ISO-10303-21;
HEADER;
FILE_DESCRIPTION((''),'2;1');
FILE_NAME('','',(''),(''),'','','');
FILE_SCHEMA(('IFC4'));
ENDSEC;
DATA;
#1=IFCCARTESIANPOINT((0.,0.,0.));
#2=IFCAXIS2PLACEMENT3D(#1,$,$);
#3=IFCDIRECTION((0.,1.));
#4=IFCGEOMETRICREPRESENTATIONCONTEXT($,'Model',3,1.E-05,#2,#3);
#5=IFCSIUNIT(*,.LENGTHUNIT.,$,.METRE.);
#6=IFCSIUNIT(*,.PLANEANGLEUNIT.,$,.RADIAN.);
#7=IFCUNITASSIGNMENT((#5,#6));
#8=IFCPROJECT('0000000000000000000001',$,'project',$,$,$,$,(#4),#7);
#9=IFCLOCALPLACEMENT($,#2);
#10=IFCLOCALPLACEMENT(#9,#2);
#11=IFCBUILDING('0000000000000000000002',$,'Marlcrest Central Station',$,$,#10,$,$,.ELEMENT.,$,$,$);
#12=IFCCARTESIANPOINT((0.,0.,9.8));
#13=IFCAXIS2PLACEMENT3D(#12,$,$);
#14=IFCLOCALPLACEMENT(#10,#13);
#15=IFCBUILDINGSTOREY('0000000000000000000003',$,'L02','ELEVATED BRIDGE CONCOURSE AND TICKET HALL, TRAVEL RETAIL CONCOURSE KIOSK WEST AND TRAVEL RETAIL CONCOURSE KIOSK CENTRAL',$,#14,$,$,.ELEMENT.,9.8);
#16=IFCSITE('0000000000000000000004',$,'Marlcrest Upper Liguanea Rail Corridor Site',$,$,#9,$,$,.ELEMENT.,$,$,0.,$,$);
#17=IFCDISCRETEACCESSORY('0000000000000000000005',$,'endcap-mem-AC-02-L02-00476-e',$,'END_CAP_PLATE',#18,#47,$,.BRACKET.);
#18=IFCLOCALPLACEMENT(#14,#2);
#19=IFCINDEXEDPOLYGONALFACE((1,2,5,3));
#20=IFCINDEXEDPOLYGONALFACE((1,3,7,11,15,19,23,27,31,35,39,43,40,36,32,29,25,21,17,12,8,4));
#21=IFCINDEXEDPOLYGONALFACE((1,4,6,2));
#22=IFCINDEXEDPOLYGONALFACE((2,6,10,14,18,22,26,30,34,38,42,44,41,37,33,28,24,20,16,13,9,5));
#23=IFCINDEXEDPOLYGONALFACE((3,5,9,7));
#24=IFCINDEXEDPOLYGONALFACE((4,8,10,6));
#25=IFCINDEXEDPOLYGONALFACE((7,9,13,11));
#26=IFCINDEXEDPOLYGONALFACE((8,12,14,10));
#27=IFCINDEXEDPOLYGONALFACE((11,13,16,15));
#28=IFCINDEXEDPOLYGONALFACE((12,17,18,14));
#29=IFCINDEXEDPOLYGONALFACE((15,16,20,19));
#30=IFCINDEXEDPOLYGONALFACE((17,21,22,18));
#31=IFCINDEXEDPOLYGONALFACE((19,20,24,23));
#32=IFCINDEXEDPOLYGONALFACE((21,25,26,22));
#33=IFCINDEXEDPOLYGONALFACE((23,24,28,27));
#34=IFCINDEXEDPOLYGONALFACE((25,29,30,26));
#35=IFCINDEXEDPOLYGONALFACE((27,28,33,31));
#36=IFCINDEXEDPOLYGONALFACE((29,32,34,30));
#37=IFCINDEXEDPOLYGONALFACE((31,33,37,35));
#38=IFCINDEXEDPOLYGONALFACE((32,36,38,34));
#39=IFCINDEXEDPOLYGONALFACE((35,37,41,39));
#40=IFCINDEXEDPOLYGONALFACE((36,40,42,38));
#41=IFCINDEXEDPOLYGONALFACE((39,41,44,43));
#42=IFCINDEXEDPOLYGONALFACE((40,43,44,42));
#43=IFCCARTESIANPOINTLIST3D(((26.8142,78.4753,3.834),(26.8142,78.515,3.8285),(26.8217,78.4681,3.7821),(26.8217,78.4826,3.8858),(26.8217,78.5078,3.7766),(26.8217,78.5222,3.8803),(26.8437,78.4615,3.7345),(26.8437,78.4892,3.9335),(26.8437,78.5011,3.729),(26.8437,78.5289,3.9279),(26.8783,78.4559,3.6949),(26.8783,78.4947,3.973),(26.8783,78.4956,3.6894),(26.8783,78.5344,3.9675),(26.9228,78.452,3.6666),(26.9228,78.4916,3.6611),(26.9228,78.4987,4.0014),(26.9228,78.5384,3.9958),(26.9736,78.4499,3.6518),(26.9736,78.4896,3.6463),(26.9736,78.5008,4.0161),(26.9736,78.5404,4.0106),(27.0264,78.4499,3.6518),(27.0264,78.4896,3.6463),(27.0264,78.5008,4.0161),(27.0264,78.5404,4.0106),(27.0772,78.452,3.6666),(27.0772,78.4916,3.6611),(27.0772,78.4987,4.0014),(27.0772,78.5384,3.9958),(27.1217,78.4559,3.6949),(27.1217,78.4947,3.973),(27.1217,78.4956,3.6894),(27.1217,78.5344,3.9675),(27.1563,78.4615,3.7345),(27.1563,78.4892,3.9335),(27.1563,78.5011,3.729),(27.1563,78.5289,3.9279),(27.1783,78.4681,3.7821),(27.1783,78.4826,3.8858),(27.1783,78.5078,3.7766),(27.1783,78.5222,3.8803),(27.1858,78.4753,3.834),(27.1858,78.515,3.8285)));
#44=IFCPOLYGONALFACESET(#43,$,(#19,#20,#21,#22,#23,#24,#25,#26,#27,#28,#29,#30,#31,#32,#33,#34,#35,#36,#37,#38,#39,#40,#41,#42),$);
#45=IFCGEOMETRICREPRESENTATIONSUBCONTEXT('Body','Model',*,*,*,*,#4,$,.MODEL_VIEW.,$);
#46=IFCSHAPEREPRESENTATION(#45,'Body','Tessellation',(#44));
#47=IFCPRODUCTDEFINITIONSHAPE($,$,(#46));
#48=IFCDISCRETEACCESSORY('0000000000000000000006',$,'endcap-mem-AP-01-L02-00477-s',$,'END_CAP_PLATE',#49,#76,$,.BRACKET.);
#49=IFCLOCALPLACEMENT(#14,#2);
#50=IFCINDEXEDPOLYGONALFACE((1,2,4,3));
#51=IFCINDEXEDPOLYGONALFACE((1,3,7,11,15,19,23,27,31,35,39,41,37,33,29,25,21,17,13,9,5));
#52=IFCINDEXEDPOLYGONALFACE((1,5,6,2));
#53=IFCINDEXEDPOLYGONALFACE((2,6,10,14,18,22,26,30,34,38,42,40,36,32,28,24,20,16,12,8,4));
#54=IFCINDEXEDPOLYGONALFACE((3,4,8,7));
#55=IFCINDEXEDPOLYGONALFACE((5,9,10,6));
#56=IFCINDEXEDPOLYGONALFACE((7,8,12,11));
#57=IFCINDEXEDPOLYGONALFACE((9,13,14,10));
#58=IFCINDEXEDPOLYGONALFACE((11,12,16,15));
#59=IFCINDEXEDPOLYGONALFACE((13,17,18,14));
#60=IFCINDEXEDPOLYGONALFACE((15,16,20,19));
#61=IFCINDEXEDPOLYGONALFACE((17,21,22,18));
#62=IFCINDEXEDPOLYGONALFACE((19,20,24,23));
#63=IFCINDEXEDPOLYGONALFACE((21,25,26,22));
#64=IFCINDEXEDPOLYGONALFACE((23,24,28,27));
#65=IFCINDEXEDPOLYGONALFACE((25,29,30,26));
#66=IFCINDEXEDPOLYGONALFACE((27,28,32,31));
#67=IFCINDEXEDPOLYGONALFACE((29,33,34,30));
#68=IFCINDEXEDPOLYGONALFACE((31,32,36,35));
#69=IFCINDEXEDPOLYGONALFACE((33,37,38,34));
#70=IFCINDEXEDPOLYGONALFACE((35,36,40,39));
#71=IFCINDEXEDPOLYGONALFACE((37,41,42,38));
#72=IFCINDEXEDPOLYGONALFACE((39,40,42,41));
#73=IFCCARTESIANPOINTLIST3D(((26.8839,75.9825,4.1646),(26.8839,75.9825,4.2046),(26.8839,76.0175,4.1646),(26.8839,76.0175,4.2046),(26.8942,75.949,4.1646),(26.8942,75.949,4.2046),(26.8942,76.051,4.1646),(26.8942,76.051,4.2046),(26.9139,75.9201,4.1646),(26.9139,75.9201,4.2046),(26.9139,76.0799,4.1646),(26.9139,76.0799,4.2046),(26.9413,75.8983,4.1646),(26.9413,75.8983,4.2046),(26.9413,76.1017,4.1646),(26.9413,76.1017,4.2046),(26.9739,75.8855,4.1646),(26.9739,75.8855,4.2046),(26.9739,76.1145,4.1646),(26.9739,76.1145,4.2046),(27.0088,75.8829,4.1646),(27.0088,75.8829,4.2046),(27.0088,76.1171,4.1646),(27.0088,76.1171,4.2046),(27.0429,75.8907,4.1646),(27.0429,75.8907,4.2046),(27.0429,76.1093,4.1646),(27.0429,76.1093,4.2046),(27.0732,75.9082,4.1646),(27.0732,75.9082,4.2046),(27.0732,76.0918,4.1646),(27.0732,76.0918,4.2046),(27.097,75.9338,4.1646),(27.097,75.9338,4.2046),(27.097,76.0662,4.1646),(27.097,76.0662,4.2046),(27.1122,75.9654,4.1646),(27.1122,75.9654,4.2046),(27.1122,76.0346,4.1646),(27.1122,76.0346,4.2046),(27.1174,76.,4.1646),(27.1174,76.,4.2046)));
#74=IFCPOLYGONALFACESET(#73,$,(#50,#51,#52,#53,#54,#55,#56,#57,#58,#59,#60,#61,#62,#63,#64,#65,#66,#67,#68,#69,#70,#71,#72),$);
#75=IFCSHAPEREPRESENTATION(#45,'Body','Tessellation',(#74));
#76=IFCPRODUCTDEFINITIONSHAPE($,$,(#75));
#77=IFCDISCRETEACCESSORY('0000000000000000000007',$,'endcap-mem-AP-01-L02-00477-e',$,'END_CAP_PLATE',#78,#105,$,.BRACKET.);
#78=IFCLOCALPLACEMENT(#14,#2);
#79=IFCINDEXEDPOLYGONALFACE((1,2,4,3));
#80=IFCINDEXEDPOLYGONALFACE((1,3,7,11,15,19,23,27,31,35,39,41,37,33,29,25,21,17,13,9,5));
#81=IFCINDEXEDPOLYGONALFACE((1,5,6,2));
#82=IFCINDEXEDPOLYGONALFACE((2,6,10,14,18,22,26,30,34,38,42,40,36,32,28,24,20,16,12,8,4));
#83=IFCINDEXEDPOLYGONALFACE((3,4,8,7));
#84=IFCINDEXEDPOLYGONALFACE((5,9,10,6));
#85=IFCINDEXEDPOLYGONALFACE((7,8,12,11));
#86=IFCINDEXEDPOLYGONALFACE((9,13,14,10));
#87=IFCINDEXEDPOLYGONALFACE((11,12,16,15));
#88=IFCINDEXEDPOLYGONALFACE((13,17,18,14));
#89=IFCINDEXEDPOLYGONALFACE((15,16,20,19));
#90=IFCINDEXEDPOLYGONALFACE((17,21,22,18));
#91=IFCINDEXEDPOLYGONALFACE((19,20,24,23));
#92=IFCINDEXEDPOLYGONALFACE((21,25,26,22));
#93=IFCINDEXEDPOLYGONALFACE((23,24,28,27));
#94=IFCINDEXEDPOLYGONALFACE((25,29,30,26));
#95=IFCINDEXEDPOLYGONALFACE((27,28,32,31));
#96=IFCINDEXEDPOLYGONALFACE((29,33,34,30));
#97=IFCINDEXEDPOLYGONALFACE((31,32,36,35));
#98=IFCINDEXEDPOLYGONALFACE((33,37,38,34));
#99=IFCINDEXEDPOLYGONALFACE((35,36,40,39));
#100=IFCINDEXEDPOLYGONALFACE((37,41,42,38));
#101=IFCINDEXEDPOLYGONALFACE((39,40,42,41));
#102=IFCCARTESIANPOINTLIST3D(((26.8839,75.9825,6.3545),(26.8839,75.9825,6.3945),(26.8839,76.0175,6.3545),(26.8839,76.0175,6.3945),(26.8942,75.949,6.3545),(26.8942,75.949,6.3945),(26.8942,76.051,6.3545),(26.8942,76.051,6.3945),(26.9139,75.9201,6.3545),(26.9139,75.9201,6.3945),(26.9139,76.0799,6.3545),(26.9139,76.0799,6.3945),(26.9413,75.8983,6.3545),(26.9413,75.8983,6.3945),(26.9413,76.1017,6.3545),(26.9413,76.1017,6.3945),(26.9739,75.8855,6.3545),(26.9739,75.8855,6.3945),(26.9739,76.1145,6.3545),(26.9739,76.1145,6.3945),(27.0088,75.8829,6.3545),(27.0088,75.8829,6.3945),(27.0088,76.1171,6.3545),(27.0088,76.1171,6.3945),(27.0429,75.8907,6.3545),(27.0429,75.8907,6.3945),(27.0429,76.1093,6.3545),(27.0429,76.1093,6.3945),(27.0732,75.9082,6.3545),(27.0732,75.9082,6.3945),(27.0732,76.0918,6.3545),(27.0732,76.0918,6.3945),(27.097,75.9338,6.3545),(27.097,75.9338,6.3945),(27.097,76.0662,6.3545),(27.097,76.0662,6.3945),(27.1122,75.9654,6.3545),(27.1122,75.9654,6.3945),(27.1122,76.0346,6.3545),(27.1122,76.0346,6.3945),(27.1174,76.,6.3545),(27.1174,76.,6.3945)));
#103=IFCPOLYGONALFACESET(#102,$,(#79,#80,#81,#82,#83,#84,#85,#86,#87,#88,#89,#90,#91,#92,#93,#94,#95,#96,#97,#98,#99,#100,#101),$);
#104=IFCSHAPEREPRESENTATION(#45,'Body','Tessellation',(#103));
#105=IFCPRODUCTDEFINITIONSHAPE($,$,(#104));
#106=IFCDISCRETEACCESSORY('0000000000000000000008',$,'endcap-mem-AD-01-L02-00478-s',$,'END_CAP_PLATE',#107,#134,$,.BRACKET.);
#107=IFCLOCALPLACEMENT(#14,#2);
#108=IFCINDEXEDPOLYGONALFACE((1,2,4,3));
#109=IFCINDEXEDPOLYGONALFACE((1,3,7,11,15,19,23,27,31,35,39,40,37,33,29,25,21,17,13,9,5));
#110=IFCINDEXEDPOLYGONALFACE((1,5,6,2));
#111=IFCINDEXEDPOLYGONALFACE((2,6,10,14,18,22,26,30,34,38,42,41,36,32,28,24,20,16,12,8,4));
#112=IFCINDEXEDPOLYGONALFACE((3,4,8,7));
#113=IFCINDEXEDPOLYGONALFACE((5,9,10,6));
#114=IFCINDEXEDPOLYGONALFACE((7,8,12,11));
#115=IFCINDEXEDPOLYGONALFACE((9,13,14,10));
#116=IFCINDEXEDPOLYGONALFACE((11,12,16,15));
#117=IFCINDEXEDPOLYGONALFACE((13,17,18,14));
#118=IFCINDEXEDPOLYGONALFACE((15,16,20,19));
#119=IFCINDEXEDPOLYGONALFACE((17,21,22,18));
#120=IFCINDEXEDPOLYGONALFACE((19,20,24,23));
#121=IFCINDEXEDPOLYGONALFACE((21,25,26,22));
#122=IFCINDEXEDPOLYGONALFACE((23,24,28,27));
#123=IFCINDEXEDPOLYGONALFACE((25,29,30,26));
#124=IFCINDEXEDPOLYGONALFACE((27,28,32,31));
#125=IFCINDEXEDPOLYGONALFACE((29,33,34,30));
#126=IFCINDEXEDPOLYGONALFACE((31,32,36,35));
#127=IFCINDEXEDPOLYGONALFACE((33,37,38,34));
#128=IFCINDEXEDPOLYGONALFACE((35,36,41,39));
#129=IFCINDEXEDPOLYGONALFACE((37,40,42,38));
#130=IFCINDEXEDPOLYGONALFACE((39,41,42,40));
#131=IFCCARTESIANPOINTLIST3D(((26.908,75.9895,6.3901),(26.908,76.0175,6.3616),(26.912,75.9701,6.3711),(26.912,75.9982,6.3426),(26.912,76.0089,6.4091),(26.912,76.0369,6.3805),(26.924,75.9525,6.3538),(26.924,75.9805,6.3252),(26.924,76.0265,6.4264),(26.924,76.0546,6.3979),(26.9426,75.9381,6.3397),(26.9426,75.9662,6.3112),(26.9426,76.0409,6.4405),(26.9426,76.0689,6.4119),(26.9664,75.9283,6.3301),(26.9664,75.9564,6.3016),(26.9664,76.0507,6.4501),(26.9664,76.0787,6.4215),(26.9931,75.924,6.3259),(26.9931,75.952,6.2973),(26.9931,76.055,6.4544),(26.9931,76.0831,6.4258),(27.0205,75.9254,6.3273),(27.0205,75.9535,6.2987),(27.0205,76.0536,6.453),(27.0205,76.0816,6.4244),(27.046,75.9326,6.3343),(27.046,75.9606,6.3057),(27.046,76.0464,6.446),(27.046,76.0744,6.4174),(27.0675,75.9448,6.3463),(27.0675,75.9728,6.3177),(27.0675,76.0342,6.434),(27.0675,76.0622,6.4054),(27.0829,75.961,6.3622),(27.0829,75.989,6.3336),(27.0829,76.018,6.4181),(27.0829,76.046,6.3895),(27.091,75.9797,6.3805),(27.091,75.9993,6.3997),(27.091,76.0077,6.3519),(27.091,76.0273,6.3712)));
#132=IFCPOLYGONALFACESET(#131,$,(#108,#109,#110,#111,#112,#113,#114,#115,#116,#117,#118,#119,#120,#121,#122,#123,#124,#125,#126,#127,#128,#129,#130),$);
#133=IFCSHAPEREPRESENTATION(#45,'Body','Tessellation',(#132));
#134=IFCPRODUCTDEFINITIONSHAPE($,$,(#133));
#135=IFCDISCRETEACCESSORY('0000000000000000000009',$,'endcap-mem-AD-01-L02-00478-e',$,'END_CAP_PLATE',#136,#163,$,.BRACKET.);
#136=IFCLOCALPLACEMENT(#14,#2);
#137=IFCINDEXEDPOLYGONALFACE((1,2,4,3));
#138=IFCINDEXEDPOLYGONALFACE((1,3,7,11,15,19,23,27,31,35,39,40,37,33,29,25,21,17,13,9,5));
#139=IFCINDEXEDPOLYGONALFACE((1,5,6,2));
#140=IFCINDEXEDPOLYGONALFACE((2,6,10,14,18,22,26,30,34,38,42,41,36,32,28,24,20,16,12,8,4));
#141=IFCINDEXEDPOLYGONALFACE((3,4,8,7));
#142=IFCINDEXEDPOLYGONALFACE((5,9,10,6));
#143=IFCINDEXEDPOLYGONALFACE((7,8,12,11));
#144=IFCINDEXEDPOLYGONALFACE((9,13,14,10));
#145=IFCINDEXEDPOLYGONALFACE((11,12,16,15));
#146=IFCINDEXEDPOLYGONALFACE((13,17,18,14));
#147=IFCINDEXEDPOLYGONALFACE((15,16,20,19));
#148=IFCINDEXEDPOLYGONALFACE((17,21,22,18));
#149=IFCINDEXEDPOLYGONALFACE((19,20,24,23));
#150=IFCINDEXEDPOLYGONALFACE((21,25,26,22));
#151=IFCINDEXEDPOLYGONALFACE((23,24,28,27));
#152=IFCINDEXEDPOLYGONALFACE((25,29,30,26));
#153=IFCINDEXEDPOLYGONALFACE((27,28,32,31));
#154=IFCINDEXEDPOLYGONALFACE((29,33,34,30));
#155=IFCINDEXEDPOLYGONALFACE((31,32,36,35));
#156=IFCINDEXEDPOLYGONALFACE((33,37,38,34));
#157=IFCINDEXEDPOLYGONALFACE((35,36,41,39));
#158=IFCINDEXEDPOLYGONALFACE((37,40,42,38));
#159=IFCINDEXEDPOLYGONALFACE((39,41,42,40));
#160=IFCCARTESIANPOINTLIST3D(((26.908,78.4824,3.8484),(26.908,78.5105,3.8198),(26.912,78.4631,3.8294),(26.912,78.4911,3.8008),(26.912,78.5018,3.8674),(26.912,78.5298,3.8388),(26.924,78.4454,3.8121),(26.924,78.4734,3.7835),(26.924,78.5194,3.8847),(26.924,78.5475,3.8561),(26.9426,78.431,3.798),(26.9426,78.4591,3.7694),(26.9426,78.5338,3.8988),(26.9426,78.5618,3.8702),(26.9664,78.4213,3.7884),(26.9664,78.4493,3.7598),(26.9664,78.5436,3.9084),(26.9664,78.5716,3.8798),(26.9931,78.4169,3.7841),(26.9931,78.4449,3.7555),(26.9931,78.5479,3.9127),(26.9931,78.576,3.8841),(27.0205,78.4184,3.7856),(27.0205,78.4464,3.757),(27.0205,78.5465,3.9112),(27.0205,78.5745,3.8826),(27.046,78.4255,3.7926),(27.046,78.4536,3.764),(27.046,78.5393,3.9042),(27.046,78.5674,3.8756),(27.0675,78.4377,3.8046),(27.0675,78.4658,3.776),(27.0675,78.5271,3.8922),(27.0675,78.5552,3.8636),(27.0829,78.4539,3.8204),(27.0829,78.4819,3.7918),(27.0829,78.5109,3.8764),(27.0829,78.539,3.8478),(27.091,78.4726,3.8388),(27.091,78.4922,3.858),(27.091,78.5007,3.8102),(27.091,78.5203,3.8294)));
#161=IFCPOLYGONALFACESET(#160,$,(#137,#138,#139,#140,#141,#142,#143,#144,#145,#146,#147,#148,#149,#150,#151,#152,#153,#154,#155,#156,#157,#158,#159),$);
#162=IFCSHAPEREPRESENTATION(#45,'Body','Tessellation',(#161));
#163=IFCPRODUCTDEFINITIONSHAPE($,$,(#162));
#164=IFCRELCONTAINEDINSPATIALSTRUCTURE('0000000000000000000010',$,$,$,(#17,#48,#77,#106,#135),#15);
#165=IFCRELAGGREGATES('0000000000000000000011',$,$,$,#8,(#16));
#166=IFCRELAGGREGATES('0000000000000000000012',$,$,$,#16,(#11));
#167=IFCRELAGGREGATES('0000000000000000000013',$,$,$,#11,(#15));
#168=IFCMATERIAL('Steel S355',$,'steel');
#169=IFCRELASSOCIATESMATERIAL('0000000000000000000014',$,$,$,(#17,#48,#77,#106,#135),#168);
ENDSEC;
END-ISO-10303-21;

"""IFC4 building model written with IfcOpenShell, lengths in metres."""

from ifc_helpers import new_model, si_unit, direction, frame, origin, origin_2d, place, context, subcontext, project, spatial, circle, extrude, material, element, save


model = new_model("IFC4")

# Units and contexts
model_context = context("Model", 3, precision=1e-05, world=origin(), true_north=direction((0.0, 1.0)))
body_context = subcontext(model_context, "Body", "Model", "MODEL_VIEW")
ifc_project = project(units=[si_unit("LENGTHUNIT", "METRE"), si_unit("PLANEANGLEUNIT", "RADIAN")], contexts=[model_context])

# Site, building, storey
site_placement = place(None, origin())
site = spatial("IfcSite", under=ifc_project, at=site_placement, Name="Marlcrest Upper Liguanea Rail Corridor Site", CompositionType="ELEMENT", RefElevation=0.0)
building_placement = place(site_placement, origin())
building = spatial("IfcBuilding", under=site, at=building_placement, Name="Marlcrest Central Station", CompositionType="ELEMENT")
storey_placement = place(building_placement, frame((0.0, 0.0, 9.8)))
storey = spatial("IfcBuildingStorey", under=building, at=storey_placement, Name="L02", Description="ELEVATED BRIDGE CONCOURSE AND TICKET HALL, TRAVEL RETAIL CONCOURSE KIOSK WEST AND TRAVEL RETAIL CONCOURSE KIOSK CENTRAL", CompositionType="ELEMENT", Elevation=9.8)

# Shared definitions
ifc_material = material(Name="Steel S355", Category="steel")

# Discrete accessories
for number, where, z_axis, x_axis, name in (
    (1, (27.0, 78.4753, 3.834), (0.0, 0.990403, -0.138211), (-1.0, 0.0, 0.0), "endcap-mem-AC-02-L02-00476-e"),
):
    element("IfcDiscreteAccessory", number, at=place(storey_placement, frame(where, z_axis=z_axis, x_axis=x_axis)), inside=storey, material=ifc_material, Name=name, ObjectType="END_CAP_PLATE", PredefinedType="BRACKET", context=body_context, shape_type="SweptSolid", body=[
        extrude(circle(Radius=0.1858, at=origin_2d()), origin(), (0.0, 0.0, 1.0), 0.04),
    ])
for number, where, z_axis, x_axis, name in (
    (2, (27.0, 76.0, 4.1646), (0.0, 0.0, 1.0), (1.0, 0.0, 0.0), "endcap-mem-AP-01-L02-00477-s"),
    (3, (27.0, 76.0, 6.3545), (0.0, 0.0, 1.0), (1.0, 0.0, 0.0), "endcap-mem-AP-01-L02-00477-e"),
):
    element("IfcDiscreteAccessory", number, at=place(storey_placement, frame(where, z_axis=z_axis, x_axis=x_axis)), inside=storey, material=ifc_material, Name=name, ObjectType="END_CAP_PLATE", PredefinedType="BRACKET", context=body_context, shape_type="SweptSolid", body=[
        extrude(circle(Radius=0.1174, at=origin_2d()), origin(), (0.0, 0.0, 1.0), 0.04),
    ])
for number, where, z_axis, x_axis, name in (
    (4, (27.0, 75.9895, 6.3901), (0.0, 0.700235, -0.713912), (-1.0, 0.0, 0.0), "endcap-mem-AD-01-L02-00478-s"),
    (5, (27.0, 78.4824, 3.8484), (0.0, 0.700235, -0.713912), (-1.0, 0.0, 0.0), "endcap-mem-AD-01-L02-00478-e"),
):
    element("IfcDiscreteAccessory", number, at=place(storey_placement, frame(where, z_axis=z_axis, x_axis=x_axis)), inside=storey, material=ifc_material, Name=name, ObjectType="END_CAP_PLATE", PredefinedType="BRACKET", context=body_context, shape_type="SweptSolid", body=[
        extrude(circle(Radius=0.092, at=origin_2d()), origin(), (0.0, 0.0, 1.0), 0.04),
    ])

save(model, "model.ifc")
